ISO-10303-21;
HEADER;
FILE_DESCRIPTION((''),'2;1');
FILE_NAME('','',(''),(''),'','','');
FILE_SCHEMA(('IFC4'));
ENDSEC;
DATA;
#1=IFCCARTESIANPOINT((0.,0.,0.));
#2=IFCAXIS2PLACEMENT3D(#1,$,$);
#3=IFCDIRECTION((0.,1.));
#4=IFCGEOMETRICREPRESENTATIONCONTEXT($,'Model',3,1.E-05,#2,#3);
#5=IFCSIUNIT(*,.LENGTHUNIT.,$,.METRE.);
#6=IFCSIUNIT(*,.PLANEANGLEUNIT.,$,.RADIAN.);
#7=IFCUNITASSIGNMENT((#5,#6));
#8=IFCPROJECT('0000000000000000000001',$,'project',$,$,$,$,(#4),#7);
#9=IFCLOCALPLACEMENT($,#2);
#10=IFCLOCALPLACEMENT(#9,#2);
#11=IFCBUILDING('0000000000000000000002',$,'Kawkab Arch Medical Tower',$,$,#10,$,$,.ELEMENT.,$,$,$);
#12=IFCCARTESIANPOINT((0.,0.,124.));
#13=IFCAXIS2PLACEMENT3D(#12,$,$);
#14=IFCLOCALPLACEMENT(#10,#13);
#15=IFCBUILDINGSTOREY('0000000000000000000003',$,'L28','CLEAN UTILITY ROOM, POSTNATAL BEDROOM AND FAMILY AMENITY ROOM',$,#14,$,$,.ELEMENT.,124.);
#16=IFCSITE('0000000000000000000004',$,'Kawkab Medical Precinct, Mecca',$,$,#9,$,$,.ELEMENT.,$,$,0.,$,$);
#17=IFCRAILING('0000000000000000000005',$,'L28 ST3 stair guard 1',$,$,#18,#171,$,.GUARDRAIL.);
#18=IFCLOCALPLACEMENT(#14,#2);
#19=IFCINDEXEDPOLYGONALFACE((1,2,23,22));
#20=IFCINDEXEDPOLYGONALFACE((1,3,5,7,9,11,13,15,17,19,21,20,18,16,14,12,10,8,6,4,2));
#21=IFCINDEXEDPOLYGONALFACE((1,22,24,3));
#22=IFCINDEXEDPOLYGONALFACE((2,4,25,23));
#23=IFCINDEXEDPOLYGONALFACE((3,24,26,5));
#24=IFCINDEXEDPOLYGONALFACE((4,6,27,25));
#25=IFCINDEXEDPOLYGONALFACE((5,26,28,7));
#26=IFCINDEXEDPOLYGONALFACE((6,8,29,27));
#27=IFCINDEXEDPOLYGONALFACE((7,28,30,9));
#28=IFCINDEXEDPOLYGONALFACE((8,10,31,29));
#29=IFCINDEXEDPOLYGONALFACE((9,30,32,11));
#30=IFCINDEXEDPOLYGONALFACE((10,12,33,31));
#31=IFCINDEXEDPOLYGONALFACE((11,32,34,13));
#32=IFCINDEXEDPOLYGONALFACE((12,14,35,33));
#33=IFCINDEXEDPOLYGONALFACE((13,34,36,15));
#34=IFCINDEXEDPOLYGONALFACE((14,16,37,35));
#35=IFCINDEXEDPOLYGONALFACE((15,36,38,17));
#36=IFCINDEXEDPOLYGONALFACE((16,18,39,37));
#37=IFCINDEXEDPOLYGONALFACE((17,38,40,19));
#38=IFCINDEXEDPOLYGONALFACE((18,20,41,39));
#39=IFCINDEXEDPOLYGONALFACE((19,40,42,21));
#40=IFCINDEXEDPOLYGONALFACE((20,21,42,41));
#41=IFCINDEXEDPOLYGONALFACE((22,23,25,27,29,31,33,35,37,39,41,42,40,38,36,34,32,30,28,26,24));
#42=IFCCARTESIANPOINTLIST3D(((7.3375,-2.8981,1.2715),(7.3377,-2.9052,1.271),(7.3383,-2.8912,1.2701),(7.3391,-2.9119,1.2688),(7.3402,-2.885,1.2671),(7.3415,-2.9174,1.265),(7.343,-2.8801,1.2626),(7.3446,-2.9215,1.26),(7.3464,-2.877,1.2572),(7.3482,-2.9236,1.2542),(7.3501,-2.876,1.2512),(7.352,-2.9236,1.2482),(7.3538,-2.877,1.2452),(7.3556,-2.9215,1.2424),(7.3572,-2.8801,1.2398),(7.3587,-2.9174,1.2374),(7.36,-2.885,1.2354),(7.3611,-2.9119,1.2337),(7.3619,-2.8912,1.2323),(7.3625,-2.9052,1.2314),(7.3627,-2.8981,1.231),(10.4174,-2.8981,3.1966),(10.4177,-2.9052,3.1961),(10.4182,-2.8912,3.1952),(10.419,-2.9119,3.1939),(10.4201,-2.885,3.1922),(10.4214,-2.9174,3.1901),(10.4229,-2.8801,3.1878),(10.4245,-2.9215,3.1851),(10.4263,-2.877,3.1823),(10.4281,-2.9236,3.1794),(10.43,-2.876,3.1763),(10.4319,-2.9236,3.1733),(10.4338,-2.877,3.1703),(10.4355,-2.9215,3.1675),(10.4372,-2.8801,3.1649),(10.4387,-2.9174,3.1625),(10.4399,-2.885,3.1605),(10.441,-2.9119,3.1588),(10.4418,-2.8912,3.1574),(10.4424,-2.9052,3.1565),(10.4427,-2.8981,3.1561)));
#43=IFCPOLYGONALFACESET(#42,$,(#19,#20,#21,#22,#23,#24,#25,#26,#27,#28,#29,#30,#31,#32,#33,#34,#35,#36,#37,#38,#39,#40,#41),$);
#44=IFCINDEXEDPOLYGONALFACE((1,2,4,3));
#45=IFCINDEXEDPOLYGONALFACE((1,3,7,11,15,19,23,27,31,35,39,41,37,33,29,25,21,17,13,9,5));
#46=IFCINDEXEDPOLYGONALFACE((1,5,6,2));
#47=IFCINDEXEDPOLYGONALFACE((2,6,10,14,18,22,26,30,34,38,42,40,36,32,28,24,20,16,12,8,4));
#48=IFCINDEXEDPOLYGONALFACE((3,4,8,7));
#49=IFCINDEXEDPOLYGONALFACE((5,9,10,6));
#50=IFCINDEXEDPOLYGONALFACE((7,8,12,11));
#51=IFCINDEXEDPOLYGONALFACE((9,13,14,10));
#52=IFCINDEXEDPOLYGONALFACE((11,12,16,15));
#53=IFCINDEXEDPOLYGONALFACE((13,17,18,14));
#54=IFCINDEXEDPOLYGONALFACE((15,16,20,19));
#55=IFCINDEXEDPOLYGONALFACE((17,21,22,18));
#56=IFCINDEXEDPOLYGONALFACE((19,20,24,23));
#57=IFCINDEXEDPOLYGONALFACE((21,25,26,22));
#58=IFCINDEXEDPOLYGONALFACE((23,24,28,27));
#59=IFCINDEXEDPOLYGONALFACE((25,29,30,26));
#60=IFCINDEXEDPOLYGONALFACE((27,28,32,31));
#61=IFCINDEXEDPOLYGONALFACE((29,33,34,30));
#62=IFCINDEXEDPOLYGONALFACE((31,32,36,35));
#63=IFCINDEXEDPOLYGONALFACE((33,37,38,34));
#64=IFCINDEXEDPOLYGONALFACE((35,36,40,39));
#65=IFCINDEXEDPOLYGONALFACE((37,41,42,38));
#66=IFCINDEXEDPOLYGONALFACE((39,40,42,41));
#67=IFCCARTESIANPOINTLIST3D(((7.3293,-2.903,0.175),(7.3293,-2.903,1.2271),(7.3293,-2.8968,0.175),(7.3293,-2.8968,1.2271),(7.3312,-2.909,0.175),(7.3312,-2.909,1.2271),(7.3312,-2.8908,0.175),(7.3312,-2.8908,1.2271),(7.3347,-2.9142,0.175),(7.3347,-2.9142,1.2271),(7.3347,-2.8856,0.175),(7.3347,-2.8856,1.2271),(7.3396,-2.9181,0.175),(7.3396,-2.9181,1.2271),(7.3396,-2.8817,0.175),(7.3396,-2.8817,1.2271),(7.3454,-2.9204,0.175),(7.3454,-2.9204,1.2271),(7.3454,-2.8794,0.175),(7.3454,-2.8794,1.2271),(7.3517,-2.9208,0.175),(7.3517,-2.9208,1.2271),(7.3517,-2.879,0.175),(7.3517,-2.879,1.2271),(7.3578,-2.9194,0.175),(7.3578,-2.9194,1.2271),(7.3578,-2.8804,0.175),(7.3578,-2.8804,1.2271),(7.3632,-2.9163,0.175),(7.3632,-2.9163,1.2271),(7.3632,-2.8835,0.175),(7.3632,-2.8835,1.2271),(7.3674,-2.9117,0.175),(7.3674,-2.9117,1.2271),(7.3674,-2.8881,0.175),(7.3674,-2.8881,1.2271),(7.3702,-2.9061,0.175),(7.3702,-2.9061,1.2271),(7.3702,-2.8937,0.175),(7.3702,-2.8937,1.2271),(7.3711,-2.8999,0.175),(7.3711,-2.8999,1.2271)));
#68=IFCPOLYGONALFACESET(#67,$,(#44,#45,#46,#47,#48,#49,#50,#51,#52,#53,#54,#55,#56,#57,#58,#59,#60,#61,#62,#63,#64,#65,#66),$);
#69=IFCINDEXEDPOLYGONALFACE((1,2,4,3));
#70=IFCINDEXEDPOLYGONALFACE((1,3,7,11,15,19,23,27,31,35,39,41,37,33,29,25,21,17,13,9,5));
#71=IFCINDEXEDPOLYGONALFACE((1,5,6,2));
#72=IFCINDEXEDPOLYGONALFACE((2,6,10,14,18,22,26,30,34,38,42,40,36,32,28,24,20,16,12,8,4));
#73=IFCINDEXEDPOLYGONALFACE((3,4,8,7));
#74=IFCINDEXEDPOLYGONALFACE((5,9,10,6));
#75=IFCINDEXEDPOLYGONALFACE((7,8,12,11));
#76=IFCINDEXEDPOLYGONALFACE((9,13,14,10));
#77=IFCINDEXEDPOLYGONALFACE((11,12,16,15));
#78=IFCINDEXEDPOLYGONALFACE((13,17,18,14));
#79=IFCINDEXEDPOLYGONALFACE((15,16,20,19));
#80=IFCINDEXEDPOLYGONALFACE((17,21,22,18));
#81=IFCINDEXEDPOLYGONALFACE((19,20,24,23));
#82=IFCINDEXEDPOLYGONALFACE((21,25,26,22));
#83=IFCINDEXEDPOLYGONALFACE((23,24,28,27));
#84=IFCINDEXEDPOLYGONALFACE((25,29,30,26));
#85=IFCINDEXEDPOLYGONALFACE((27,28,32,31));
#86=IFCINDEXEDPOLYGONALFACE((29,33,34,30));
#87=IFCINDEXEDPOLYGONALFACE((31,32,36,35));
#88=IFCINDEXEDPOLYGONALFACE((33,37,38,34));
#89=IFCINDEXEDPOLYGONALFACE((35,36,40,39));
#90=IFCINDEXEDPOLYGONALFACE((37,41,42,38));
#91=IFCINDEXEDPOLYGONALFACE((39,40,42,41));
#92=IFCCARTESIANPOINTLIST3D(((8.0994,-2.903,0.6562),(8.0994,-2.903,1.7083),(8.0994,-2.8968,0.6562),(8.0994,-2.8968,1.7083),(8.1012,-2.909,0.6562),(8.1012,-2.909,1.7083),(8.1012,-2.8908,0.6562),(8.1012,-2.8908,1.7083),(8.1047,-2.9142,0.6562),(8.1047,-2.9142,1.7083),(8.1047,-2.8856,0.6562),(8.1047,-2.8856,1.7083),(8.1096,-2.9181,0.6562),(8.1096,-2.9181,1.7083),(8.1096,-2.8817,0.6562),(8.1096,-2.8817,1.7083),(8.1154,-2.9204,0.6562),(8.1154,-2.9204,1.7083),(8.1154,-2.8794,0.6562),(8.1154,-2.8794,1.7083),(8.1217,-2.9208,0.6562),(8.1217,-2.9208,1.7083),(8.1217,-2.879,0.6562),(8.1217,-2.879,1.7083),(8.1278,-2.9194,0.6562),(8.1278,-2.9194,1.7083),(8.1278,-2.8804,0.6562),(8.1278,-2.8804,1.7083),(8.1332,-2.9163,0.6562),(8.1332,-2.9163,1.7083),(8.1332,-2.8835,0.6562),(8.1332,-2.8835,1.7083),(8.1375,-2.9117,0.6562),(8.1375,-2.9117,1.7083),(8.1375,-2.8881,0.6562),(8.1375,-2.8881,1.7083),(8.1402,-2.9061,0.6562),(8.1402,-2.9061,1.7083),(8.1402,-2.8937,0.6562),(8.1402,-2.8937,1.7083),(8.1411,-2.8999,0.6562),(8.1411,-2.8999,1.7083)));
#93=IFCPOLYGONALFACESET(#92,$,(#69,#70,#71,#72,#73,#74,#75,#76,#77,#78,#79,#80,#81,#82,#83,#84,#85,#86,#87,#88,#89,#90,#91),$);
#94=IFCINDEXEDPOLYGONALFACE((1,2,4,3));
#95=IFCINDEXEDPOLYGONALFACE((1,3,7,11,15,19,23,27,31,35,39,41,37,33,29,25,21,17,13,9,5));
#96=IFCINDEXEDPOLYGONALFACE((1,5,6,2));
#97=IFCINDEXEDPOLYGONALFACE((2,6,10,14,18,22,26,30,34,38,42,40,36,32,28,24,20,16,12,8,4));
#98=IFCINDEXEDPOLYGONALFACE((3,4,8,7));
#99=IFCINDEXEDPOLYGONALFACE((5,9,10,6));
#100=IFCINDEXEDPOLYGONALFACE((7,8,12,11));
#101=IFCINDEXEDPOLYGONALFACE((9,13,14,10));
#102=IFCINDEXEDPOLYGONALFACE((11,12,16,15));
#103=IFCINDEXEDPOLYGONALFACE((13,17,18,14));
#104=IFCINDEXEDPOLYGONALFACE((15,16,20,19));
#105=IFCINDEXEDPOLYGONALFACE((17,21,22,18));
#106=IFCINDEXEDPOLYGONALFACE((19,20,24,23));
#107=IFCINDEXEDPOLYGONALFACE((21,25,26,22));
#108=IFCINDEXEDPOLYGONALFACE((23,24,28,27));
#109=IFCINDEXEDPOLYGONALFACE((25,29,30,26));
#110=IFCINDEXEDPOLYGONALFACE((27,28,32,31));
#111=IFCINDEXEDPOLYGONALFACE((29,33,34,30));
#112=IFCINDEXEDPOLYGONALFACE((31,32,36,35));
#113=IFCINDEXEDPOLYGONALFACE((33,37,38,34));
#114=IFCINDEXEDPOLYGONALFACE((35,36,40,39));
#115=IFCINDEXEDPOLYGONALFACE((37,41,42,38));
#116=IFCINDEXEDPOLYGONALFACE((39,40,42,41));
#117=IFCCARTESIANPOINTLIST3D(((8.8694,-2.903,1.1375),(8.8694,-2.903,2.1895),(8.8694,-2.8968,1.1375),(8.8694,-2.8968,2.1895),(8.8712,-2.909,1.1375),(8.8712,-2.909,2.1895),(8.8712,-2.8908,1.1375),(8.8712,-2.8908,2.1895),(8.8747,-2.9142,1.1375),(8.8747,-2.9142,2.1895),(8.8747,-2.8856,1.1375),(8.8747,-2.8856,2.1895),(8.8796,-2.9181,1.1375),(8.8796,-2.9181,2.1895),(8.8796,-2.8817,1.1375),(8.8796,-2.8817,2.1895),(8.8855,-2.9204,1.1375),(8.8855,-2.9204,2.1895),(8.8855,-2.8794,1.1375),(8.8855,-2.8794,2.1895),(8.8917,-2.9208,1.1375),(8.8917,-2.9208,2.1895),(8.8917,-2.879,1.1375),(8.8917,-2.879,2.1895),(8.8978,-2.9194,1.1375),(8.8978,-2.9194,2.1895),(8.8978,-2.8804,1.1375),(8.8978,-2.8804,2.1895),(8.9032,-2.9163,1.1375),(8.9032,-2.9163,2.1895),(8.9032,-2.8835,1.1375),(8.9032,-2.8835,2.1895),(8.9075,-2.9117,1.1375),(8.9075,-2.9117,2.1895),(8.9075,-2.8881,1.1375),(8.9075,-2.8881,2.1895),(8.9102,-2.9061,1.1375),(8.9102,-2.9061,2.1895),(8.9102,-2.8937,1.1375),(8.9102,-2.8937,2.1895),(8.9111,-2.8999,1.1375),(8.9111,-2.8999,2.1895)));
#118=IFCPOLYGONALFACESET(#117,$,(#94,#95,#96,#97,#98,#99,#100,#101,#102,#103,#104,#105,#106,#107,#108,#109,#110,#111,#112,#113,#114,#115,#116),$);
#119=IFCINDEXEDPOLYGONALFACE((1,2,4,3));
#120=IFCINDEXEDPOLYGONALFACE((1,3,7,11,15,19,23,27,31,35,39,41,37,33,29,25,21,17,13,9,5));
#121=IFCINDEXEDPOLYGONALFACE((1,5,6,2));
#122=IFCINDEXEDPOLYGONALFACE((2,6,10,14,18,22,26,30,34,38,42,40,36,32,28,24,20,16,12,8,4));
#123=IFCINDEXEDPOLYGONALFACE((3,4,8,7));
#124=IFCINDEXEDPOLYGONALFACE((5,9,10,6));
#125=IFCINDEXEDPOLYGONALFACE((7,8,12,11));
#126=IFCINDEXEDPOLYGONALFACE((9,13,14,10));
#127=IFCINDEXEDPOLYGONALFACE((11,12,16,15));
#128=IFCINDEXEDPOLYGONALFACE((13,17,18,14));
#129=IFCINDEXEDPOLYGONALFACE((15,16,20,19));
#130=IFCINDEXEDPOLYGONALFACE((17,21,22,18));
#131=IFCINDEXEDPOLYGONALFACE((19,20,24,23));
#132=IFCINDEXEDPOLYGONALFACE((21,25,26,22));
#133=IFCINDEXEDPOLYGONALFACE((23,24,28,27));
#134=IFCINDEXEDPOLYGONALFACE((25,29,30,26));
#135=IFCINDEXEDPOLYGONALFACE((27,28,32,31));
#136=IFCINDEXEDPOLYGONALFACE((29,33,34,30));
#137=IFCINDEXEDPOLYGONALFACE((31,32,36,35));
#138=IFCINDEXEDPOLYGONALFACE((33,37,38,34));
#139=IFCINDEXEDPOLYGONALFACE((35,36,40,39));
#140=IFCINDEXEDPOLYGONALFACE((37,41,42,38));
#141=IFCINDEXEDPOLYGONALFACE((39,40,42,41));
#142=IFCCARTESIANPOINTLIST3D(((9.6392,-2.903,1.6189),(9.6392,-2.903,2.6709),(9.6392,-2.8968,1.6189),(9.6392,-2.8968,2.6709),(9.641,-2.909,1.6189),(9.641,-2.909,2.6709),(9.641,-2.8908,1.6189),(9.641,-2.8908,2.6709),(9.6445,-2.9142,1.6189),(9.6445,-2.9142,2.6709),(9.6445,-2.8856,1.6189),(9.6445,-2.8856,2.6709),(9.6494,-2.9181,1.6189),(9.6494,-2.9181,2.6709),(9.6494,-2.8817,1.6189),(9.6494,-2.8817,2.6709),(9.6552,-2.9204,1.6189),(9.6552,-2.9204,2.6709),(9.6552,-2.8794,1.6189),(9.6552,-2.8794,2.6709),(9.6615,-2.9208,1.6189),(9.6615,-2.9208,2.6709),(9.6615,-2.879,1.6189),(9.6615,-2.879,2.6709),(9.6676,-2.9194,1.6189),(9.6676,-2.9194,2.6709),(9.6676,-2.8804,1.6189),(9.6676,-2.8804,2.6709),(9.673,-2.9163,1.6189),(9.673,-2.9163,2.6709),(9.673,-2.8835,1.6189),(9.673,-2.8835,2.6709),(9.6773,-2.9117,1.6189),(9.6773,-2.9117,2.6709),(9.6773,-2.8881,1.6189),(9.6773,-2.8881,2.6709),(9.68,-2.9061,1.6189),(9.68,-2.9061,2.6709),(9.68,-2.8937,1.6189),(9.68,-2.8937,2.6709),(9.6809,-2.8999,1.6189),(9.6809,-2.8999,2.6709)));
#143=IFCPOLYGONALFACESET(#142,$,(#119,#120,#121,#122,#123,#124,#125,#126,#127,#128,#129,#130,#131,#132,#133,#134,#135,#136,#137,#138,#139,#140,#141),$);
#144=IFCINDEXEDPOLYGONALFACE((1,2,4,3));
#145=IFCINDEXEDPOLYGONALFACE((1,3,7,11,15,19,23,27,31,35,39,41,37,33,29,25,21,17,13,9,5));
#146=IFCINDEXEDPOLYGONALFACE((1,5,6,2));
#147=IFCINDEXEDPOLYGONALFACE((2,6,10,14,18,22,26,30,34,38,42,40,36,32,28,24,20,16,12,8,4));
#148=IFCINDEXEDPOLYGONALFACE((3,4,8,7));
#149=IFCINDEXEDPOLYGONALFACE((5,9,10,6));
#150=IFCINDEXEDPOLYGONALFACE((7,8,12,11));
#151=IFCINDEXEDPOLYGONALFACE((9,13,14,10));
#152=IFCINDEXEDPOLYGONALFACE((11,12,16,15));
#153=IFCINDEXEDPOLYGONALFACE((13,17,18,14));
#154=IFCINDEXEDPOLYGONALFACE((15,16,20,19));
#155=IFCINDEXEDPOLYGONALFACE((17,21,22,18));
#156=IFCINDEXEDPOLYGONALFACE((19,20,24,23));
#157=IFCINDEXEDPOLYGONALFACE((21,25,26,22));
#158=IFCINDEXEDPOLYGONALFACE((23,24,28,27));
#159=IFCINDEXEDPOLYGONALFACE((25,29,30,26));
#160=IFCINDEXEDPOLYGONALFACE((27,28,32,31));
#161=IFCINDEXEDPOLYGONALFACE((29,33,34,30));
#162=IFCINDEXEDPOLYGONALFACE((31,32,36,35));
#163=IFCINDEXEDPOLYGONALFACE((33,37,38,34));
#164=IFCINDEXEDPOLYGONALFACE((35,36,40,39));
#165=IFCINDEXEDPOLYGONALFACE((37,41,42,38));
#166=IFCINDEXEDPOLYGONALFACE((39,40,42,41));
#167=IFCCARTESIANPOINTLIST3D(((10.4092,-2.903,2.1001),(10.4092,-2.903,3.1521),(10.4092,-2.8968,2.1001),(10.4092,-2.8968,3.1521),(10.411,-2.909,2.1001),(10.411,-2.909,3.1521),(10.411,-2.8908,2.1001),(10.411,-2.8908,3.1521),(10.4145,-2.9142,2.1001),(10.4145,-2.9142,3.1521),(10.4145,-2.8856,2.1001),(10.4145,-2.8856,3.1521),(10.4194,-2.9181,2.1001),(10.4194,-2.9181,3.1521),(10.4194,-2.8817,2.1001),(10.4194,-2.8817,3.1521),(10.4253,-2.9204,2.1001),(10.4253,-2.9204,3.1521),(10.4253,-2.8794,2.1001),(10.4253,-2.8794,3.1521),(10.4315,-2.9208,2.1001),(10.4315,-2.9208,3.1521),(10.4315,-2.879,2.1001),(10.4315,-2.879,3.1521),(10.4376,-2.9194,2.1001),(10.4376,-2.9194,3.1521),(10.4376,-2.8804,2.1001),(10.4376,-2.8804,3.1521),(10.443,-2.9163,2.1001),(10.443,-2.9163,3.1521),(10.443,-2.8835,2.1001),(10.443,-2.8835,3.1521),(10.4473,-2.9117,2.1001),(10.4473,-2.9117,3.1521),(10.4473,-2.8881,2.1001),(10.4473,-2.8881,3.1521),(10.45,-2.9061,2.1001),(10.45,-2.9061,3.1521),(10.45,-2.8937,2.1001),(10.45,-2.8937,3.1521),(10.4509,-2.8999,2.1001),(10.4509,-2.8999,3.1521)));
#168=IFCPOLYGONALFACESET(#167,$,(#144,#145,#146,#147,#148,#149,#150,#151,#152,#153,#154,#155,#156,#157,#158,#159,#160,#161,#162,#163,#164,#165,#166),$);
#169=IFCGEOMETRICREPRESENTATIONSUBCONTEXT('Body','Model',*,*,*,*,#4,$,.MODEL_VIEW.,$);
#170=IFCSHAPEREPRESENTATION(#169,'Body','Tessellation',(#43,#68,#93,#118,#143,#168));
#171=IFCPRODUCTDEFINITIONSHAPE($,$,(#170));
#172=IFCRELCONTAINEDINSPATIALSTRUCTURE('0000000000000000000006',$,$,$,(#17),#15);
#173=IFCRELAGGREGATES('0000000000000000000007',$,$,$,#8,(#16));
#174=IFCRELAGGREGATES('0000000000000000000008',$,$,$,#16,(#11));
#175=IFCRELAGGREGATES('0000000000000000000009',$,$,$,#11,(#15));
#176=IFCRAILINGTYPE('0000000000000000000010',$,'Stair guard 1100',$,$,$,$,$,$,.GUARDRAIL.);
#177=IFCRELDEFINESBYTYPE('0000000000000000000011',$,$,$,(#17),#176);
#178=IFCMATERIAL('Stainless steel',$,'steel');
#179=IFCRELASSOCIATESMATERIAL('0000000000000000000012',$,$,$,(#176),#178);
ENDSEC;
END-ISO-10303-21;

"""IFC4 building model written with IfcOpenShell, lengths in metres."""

from ifc_helpers import new_model, si_unit, direction, frame, origin, origin_2d, place, context, subcontext, project, spatial, circle, extrude, material, type_object, element, save


model = new_model("IFC4")

# Units and contexts
model_context = context("Model", 3, precision=1e-05, world=origin(), true_north=direction((0.0, 1.0)))
body_context = subcontext(model_context, "Body", "Model", "MODEL_VIEW")
ifc_project = project(units=[si_unit("LENGTHUNIT", "METRE"), si_unit("PLANEANGLEUNIT", "RADIAN")], contexts=[model_context])

# Site, building, storey
site_placement = place(None, origin())
site = spatial("IfcSite", under=ifc_project, at=site_placement, Name="Kawkab Medical Precinct, Mecca", CompositionType="ELEMENT", RefElevation=0.0)
building_placement = place(site_placement, origin())
building = spatial("IfcBuilding", under=site, at=building_placement, Name="Kawkab Arch Medical Tower", CompositionType="ELEMENT")
storey_placement = place(building_placement, frame((0.0, 0.0, 124.0)))
storey = spatial("IfcBuildingStorey", under=building, at=storey_placement, Name="L28", Description="CLEAN UTILITY ROOM, POSTNATAL BEDROOM AND FAMILY AMENITY ROOM", CompositionType="ELEMENT", Elevation=124.0)

# Railing
ifc_material_1 = material(Name="Stainless steel", Category="steel")
railing_type_1 = type_object("IfcRailingType", Name="Stair guard 1100", PredefinedType="GUARDRAIL", material=ifc_material_1)
railing_1_placement = place(storey_placement, frame((7.3501, -2.8999, 0.175)))
element("IfcRailing", 1, at=railing_1_placement, inside=storey, type_object=railing_type_1, Name="L28 ST3 stair guard 1", PredefinedType="GUARDRAIL", context=body_context, shape_type="SweptSolid", body=[
    extrude(circle(Radius=0.0239, at=origin_2d()), frame((0.0, 0.0, 1.0762), z_axis=(0.847979, 0.0, 0.530029), x_axis=(0.0, 1.0, 0.0)), (0.0, 0.0, 1.0), 3.6321),
    extrude(circle(Radius=0.021, at=origin_2d()), origin(), (0.0, 0.0, 1.0), 1.052),
    extrude(circle(Radius=0.021, at=origin_2d()), frame((0.77, 0.0, 0.4812)), (0.0, 0.0, 1.0), 1.052),
    extrude(circle(Radius=0.021, at=origin_2d()), frame((1.54, 0.0, 0.9624)), (0.0, 0.0, 1.0), 1.052),
    extrude(circle(Radius=0.021, at=origin_2d()), frame((2.3098, 0.0, 1.4438)), (0.0, 0.0, 1.0), 1.052),
    extrude(circle(Radius=0.021, at=origin_2d()), frame((3.0798, 0.0, 1.925)), (0.0, 0.0, 1.0), 1.052),
])

save(model, "model.ifc")
